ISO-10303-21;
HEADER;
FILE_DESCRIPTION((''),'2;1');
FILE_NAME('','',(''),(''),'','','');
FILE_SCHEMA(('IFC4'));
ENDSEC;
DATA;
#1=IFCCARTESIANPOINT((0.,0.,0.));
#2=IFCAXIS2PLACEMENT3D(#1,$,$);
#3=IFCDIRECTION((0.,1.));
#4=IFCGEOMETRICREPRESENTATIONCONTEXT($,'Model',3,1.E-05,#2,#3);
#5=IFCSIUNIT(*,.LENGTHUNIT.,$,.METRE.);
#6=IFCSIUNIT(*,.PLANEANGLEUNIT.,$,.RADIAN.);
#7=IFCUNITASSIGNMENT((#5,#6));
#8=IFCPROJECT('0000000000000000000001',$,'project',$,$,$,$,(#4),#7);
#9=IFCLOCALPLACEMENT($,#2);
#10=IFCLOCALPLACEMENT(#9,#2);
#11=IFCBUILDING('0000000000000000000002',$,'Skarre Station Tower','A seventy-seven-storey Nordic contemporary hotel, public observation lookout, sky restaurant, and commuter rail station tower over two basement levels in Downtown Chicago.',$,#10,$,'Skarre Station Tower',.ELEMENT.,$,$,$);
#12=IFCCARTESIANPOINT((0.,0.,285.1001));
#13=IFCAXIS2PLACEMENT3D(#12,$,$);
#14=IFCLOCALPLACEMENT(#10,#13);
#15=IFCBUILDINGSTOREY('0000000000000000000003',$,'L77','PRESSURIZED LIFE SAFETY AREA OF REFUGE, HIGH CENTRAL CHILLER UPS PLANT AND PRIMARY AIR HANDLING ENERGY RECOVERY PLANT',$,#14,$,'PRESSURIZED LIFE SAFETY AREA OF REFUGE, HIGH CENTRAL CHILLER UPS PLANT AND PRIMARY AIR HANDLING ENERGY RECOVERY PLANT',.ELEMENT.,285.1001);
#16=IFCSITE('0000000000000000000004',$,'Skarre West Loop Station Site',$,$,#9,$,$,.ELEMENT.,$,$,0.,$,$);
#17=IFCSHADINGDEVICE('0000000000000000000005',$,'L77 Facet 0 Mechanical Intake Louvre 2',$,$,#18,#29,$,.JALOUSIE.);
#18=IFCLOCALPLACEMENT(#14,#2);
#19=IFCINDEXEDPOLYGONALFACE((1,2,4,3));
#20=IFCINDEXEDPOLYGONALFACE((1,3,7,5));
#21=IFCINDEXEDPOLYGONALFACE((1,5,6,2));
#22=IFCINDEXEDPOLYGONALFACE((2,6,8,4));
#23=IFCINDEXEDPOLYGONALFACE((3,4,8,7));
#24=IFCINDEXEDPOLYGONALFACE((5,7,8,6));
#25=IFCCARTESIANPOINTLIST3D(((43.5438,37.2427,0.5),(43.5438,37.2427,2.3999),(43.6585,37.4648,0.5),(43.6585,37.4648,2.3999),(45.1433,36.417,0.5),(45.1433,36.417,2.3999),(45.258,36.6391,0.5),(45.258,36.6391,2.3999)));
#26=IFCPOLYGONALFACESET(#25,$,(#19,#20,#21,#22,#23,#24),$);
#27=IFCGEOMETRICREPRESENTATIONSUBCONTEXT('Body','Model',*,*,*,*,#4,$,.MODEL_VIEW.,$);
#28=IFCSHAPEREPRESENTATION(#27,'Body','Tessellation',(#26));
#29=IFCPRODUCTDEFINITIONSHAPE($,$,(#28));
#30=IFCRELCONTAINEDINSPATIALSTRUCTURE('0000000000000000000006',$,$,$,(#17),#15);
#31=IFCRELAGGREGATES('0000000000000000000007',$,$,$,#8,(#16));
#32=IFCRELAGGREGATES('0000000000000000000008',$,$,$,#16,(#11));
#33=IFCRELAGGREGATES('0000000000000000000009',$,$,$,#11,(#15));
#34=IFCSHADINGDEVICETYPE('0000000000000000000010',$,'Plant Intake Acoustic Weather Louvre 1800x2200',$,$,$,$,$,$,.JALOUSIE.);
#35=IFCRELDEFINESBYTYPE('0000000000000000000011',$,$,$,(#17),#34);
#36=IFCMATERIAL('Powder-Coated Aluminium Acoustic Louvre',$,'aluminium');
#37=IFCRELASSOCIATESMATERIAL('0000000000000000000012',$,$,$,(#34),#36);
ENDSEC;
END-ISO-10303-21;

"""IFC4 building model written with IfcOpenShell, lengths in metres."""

from ifc_helpers import new_model, si_unit, direction, frame, origin, origin_2d, place, context, subcontext, project, spatial, rectangle, extrude, material, type_object, element, save


model = new_model("IFC4")

# Units and contexts
model_context = context("Model", 3, precision=1e-05, world=origin(), true_north=direction((0.0, 1.0)))
body_context = subcontext(model_context, "Body", "Model", "MODEL_VIEW")
ifc_project = project(units=[si_unit("LENGTHUNIT", "METRE"), si_unit("PLANEANGLEUNIT", "RADIAN")], contexts=[model_context])

# Site, building, storey
site_placement = place(None, origin())
site = spatial("IfcSite", under=ifc_project, at=site_placement, Name="Skarre West Loop Station Site", CompositionType="ELEMENT", RefElevation=0.0)
building_placement = place(site_placement, origin())
building = spatial("IfcBuilding", under=site, at=building_placement, Name="Skarre Station Tower", Description="A seventy-seven-storey Nordic contemporary hotel, public observation lookout, sky restaurant, and commuter rail station tower over two basement levels in Downtown Chicago.", LongName="Skarre Station Tower", CompositionType="ELEMENT")
storey_placement = place(building_placement, frame((0.0, 0.0, 285.1001)))
storey = spatial("IfcBuildingStorey", under=building, at=storey_placement, Name="L77", Description="PRESSURIZED LIFE SAFETY AREA OF REFUGE, HIGH CENTRAL CHILLER UPS PLANT AND PRIMARY AIR HANDLING ENERGY RECOVERY PLANT", LongName="PRESSURIZED LIFE SAFETY AREA OF REFUGE, HIGH CENTRAL CHILLER UPS PLANT AND PRIMARY AIR HANDLING ENERGY RECOVERY PLANT", CompositionType="ELEMENT", Elevation=285.1001)

# Shading device
ifc_material_1 = material(Name="Powder-Coated Aluminium Acoustic Louvre", Category="aluminium")
shading_device_type = type_object("IfcShadingDeviceType", Name="Plant Intake Acoustic Weather Louvre 1800x2200", PredefinedType="JALOUSIE", material=ifc_material_1)
for number, where, z_axis, x_axis, name in (
    (1, (44.4009, 36.9409, 0.5), (0.0, 0.0, 1.0), (0.458712, 0.888585, 0.0), "L77 Facet 0 Mechanical Intake Louvre 2"),
):
    element("IfcShadingDevice", number, at=place(storey_placement, frame(where, z_axis=z_axis, x_axis=x_axis)), inside=storey, type_object=shading_device_type, Name=name, PredefinedType="JALOUSIE", context=body_context, shape_type="SweptSolid", body=[
        extrude(rectangle(XDim=0.25, YDim=1.8, at=origin_2d()), origin(), (0.0, 0.0, 1.0), 1.8999),
    ])

save(model, "model.ifc")
